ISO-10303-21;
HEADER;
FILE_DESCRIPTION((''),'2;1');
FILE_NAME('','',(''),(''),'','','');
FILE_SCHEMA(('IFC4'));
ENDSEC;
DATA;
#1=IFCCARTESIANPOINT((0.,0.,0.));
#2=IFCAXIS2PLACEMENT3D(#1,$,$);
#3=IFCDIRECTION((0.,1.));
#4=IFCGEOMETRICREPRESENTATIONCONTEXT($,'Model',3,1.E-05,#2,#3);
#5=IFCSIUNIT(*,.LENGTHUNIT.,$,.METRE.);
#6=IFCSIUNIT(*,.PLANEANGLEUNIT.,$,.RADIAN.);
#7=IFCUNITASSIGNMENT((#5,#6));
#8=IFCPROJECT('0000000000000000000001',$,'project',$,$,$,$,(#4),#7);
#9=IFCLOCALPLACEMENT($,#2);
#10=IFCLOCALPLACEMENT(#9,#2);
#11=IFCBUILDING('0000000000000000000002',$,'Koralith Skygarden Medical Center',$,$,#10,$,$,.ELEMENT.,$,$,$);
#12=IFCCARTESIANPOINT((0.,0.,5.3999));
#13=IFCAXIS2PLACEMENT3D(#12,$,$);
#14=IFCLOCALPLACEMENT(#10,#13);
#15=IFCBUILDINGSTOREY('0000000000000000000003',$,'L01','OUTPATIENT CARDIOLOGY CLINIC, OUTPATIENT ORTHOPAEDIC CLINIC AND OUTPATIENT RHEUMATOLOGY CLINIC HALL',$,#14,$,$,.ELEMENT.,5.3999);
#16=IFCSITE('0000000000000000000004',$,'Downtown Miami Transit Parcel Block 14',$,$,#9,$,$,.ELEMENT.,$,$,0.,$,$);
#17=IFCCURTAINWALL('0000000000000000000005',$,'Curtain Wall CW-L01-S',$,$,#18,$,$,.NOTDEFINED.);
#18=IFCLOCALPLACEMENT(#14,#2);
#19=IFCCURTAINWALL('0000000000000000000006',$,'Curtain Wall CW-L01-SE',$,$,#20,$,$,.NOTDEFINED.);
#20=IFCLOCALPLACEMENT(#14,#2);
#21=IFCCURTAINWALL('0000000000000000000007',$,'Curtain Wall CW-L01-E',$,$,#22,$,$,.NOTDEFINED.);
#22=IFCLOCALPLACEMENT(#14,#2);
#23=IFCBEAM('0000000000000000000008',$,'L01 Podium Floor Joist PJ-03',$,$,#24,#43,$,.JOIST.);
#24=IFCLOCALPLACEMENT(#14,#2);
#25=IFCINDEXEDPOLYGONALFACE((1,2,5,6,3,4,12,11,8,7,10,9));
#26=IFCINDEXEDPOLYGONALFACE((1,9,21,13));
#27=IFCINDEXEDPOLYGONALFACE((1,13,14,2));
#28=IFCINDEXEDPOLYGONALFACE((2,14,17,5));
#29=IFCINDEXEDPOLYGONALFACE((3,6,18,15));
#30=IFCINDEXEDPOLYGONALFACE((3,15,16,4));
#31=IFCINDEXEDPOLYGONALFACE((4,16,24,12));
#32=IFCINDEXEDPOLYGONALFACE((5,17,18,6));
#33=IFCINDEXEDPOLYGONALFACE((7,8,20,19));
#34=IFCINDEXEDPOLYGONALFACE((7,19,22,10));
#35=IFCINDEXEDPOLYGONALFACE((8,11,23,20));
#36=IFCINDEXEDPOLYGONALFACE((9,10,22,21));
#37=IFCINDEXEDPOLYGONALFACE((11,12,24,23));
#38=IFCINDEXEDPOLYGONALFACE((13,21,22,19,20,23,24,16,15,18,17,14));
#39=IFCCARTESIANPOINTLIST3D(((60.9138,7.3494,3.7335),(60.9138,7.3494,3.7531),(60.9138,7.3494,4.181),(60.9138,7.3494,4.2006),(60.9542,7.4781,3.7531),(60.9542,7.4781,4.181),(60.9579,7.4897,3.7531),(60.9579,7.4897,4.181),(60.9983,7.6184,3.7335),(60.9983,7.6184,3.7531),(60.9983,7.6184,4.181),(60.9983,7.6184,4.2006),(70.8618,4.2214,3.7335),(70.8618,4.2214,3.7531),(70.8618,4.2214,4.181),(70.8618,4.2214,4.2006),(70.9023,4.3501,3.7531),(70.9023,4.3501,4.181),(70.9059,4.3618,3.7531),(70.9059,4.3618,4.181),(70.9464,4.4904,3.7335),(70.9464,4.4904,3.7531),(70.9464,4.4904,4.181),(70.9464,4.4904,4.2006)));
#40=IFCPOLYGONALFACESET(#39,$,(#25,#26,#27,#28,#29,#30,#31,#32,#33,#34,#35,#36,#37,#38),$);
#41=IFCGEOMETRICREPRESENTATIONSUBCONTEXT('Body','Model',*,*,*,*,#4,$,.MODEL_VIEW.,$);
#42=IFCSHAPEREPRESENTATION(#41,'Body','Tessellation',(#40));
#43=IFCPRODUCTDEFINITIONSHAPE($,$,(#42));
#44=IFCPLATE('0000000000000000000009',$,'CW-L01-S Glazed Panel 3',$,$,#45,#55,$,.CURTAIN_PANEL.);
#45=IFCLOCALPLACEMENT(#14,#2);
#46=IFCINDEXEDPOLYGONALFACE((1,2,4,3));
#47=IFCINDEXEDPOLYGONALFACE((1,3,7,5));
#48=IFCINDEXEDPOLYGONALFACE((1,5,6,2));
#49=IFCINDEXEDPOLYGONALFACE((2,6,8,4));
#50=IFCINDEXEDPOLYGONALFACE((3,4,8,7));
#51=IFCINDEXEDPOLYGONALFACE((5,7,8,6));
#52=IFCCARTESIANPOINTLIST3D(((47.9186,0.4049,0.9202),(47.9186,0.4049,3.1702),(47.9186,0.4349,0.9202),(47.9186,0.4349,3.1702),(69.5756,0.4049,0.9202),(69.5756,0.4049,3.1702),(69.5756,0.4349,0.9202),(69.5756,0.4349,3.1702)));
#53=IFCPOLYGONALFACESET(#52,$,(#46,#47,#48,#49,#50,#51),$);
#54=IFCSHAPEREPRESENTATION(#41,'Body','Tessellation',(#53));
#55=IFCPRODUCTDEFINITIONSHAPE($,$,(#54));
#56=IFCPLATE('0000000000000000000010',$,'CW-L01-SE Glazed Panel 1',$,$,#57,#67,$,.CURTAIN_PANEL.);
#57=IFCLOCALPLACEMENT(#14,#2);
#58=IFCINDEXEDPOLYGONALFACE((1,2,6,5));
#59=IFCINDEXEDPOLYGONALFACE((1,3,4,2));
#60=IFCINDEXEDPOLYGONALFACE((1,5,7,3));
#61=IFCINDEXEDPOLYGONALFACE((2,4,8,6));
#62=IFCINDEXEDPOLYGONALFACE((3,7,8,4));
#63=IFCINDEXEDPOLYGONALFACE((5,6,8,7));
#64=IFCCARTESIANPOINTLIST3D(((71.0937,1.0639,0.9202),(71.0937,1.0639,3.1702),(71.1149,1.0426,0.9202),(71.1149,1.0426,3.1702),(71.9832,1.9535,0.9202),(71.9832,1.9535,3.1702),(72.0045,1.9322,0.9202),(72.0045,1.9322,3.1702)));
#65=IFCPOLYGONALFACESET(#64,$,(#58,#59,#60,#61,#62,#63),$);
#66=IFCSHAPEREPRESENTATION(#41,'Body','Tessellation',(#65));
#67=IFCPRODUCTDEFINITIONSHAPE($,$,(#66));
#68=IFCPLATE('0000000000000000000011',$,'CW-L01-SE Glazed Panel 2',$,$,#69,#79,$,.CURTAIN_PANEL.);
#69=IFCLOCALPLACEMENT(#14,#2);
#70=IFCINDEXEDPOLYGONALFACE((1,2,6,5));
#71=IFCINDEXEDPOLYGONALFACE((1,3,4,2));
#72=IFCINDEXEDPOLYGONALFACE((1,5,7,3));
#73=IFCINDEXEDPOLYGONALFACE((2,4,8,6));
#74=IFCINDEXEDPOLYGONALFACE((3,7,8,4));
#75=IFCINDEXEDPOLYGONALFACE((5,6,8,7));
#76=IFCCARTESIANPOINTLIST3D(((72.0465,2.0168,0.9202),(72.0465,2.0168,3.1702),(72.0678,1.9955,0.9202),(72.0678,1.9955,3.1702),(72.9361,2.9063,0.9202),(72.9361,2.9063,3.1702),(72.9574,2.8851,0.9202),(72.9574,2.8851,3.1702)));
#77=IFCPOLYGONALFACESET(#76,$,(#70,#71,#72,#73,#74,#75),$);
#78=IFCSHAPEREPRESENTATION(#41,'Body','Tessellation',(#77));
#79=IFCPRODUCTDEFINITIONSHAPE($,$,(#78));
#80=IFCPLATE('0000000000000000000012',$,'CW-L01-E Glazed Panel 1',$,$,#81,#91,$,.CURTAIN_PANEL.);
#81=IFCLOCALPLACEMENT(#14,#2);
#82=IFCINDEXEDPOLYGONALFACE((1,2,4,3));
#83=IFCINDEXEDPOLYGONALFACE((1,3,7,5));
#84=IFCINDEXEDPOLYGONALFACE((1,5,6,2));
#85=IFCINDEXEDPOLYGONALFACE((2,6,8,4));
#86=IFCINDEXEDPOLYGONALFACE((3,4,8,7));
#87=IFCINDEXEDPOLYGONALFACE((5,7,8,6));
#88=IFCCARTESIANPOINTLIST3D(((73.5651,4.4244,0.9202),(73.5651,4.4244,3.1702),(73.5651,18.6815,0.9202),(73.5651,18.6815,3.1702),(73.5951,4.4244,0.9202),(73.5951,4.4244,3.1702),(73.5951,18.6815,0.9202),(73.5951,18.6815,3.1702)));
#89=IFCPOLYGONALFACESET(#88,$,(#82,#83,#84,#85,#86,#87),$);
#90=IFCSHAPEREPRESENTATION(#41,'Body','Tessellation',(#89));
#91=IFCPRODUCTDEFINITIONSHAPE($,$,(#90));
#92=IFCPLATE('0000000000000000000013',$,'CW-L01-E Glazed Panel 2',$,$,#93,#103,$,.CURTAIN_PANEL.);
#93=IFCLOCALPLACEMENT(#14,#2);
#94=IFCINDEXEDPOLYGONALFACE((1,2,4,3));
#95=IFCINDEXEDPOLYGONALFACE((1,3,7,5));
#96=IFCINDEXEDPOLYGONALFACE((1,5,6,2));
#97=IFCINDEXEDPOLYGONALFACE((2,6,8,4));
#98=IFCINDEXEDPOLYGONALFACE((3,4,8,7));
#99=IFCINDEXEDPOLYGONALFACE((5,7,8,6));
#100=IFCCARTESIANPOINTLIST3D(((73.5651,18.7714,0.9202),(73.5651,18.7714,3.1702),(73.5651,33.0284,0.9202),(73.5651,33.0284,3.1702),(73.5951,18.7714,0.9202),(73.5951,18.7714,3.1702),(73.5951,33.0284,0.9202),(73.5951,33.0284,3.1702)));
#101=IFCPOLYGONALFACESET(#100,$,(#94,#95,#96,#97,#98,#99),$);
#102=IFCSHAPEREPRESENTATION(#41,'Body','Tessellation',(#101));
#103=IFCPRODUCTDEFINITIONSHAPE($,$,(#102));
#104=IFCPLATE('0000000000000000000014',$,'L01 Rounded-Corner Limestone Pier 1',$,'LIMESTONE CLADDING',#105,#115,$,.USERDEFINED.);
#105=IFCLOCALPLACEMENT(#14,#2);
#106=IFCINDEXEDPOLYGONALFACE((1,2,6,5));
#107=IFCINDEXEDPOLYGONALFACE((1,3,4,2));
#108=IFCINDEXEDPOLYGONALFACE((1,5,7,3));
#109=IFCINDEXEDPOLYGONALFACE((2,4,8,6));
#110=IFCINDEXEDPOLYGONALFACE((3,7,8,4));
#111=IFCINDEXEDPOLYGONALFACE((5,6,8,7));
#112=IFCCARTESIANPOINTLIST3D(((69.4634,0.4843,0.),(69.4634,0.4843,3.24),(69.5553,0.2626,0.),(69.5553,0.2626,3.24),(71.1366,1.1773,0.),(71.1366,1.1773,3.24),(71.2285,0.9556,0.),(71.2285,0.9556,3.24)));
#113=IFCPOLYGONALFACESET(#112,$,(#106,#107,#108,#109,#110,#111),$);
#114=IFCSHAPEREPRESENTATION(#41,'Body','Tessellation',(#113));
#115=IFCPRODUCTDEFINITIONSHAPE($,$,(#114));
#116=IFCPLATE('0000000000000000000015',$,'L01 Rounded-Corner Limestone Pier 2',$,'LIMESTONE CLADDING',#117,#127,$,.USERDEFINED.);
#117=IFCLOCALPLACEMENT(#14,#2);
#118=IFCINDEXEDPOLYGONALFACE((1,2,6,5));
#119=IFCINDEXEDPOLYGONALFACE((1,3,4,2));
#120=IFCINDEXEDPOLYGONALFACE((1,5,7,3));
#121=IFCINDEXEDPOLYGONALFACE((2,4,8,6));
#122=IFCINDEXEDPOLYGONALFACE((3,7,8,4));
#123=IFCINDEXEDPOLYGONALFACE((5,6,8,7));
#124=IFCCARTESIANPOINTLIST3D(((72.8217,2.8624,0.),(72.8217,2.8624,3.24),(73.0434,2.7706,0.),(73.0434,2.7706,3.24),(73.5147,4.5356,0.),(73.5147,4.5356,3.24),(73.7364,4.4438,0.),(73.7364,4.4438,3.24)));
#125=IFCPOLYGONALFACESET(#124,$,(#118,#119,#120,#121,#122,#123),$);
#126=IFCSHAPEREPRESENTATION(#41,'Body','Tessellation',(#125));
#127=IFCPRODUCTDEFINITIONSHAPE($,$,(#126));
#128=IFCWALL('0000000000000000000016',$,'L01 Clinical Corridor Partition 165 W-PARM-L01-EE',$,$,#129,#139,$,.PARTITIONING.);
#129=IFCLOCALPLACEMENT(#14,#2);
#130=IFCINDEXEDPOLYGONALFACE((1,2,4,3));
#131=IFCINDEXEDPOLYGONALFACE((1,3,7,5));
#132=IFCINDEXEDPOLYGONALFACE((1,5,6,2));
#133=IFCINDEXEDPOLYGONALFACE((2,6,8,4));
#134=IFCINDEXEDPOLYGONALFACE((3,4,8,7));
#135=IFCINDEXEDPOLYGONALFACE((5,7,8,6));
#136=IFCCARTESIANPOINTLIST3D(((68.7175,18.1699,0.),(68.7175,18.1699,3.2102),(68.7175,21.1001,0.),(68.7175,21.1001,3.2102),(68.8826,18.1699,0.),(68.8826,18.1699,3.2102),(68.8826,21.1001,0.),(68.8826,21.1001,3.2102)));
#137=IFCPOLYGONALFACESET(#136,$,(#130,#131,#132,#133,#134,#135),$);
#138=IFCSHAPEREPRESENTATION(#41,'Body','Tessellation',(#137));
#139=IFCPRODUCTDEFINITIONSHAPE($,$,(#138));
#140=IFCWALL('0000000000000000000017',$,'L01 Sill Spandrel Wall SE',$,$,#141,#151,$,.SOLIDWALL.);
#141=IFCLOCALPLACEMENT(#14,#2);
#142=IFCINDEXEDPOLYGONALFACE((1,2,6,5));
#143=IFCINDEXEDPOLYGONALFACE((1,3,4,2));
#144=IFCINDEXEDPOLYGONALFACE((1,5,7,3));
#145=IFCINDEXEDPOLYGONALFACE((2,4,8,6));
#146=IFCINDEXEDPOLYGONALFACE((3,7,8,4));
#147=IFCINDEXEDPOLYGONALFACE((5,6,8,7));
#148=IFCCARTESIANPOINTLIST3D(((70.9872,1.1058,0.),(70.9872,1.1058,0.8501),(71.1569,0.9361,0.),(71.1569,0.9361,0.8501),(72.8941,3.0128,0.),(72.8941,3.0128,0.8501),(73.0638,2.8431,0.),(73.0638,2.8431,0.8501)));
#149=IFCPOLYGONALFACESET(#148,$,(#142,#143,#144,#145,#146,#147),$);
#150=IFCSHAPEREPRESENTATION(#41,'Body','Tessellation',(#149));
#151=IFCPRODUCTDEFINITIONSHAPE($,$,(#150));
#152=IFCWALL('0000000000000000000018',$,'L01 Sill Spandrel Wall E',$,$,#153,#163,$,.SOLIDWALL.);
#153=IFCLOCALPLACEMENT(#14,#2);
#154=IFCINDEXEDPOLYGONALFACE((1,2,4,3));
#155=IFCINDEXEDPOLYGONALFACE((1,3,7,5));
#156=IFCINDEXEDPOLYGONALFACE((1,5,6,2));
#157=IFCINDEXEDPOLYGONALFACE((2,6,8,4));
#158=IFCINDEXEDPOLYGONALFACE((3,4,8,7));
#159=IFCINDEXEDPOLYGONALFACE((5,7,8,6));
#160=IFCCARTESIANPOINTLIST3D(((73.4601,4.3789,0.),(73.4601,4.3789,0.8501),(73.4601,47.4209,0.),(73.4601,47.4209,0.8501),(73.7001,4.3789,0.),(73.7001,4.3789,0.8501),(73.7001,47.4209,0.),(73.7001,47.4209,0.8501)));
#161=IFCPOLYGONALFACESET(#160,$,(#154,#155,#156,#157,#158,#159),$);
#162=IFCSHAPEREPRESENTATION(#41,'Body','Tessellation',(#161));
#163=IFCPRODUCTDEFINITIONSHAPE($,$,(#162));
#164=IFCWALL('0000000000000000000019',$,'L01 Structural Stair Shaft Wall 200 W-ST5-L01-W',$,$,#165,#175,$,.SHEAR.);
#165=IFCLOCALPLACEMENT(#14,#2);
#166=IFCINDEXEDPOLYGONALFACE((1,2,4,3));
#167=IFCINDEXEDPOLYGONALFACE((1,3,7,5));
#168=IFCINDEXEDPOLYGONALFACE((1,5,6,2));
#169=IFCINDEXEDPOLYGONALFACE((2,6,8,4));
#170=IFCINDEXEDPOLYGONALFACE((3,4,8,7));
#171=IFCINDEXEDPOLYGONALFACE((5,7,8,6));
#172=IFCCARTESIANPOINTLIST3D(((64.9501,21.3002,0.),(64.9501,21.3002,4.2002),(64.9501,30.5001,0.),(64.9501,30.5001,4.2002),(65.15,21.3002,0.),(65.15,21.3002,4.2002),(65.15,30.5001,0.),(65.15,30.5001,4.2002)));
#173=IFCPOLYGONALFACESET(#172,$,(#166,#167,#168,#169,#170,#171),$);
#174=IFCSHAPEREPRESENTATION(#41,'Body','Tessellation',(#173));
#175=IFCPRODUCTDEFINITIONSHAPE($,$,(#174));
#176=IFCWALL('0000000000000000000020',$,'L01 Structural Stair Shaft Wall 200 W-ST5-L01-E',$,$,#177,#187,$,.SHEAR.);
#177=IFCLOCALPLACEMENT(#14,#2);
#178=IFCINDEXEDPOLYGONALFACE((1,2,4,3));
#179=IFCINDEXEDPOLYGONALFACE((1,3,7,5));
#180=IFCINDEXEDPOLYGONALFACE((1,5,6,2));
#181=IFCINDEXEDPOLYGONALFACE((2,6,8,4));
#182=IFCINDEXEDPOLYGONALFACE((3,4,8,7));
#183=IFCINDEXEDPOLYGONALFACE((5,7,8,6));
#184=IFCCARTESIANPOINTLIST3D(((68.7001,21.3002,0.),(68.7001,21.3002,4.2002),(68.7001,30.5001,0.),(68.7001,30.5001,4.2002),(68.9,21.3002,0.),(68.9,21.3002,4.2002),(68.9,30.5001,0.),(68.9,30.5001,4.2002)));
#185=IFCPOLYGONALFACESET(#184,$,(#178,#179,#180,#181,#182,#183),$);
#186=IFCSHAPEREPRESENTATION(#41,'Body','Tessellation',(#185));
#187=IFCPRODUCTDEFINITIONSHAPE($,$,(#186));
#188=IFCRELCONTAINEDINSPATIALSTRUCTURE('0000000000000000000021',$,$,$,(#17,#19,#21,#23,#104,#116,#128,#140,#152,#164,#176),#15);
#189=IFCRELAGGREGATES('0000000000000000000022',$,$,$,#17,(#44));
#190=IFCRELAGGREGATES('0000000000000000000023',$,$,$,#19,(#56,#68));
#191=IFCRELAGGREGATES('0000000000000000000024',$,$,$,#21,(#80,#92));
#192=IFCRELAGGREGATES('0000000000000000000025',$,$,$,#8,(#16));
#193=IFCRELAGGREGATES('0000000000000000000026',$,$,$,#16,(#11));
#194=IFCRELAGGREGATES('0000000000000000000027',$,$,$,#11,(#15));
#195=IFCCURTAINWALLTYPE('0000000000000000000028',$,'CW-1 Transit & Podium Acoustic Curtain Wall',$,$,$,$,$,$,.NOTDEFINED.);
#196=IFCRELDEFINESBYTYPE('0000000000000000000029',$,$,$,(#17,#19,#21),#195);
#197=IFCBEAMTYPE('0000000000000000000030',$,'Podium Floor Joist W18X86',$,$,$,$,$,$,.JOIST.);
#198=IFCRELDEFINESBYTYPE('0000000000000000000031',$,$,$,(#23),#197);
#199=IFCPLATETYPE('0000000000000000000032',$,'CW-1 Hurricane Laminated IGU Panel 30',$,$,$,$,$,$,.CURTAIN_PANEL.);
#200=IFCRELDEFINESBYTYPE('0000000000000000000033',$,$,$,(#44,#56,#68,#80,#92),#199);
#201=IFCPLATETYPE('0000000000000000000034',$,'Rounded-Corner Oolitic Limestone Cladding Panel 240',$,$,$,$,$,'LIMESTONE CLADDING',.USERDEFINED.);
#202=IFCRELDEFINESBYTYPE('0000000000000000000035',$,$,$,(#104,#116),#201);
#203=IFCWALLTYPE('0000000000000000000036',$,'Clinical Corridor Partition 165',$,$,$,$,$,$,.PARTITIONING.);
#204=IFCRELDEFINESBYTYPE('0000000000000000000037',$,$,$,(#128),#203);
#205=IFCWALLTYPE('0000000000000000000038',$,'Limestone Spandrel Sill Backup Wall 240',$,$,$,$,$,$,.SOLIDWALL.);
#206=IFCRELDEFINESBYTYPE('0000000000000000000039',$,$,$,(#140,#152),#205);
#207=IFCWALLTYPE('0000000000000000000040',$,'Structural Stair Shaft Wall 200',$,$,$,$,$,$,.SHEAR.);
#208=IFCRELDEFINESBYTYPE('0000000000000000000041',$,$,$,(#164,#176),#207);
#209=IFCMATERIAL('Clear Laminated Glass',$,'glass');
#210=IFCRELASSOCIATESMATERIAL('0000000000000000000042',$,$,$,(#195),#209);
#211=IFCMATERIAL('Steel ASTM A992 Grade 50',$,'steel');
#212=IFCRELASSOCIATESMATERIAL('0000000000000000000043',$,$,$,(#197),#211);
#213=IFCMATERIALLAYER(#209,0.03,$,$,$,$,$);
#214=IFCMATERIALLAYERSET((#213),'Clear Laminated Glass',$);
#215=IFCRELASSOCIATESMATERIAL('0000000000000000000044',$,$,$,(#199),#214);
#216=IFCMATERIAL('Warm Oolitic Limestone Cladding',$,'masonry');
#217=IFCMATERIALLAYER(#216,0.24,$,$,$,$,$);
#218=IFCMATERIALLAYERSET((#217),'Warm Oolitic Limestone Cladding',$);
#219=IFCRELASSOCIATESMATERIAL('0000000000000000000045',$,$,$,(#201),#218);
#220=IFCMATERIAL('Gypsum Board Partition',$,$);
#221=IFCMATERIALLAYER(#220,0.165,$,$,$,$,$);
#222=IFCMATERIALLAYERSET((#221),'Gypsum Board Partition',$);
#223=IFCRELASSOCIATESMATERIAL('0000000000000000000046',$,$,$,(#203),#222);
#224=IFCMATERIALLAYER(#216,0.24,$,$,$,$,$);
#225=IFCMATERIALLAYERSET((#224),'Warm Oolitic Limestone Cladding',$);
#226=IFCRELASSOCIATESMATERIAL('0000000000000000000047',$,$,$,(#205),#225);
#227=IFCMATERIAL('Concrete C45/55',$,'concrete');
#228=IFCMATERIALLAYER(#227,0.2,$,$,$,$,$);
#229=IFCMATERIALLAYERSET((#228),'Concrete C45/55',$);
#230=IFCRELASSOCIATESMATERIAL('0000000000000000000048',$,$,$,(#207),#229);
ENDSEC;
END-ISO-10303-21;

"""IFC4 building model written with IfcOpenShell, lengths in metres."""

from ifc_helpers import new_model, si_unit, direction, frame, frame_2d, origin, origin_2d, place, context, subcontext, project, spatial, rectangle, i_section, extrude, material, layer, layer_set, material_profile, profile_set, type_object, element, aggregate, save


model = new_model("IFC4")

# Units and contexts
model_context = context("Model", 3, precision=1e-05, world=origin(), true_north=direction((0.0, 1.0)))
body_context = subcontext(model_context, "Body", "Model", "MODEL_VIEW")
ifc_project = project(units=[si_unit("LENGTHUNIT", "METRE"), si_unit("PLANEANGLEUNIT", "RADIAN")], contexts=[model_context])

# Site, building, storey
site_placement = place(None, origin())
site = spatial("IfcSite", under=ifc_project, at=site_placement, Name="Downtown Miami Transit Parcel Block 14", CompositionType="ELEMENT", RefElevation=0.0)
building_placement = place(site_placement, origin())
building = spatial("IfcBuilding", under=site, at=building_placement, Name="Koralith Skygarden Medical Center", CompositionType="ELEMENT")
storey_placement = place(building_placement, frame((0.0, 0.0, 5.3999)))
storey = spatial("IfcBuildingStorey", under=building, at=storey_placement, Name="L01", Description="OUTPATIENT CARDIOLOGY CLINIC, OUTPATIENT ORTHOPAEDIC CLINIC AND OUTPATIENT RHEUMATOLOGY CLINIC HALL", CompositionType="ELEMENT", Elevation=5.3999)

# Curtain wall
ifc_material_1 = material(Name="Clear Laminated Glass", Category="glass")
curtain_wall_type = type_object("IfcCurtainWallType", Name="CW-1 Transit & Podium Acoustic Curtain Wall", PredefinedType="NOTDEFINED", material=ifc_material_1)
curtain_wall_1_placement = place(storey_placement, origin())
curtain_wall_1 = element("IfcCurtainWall", 1, at=curtain_wall_1_placement, inside=storey, type_object=curtain_wall_type, Name="Curtain Wall CW-L01-S", PredefinedType="NOTDEFINED")

# Curtain walls
curtain_wall_2_placement = place(storey_placement, origin())
curtain_wall_2 = element("IfcCurtainWall", 2, at=curtain_wall_2_placement, inside=storey, type_object=curtain_wall_type, Name="Curtain Wall CW-L01-SE", PredefinedType="NOTDEFINED")
curtain_wall_3_placement = place(storey_placement, origin())
curtain_wall_3 = element("IfcCurtainWall", 3, at=curtain_wall_3_placement, inside=storey, type_object=curtain_wall_type, Name="Curtain Wall CW-L01-E", PredefinedType="NOTDEFINED")

# Beam
ifc_material_2 = material(Name="Steel ASTM A992 Grade 50", Category="steel")
ifc_material_profile_1 = material_profile(ifc_material_2, i_section(OverallWidth=0.282, OverallDepth=0.467, WebThickness=0.0122, FlangeThickness=0.0195, at=origin_2d()), Name="W18X86")
ifc_profile_set_1 = profile_set([ifc_material_profile_1], Name="Steel ASTM A992 Grade 50")
beam_type_1 = type_object("IfcBeamType", Name="Podium Floor Joist W18X86", PredefinedType="JOIST", material=ifc_profile_set_1)
beam_1_placement = place(storey_placement, frame((60.9561, 7.4839, 3.967), z_axis=(0.953955, -0.29995, 0.0), x_axis=(0.29995, 0.953955, 0.0)))
element("IfcBeam", 4, at=beam_1_placement, inside=storey, type_object=beam_type_1, Name="L01 Podium Floor Joist PJ-03", PredefinedType="JOIST", context=body_context, shape_type="SweptSolid", body=[
    extrude(i_section(OverallWidth=0.282, OverallDepth=0.467, WebThickness=0.0122, FlangeThickness=0.0195, at=origin_2d()), origin(), (0.0, 0.0, 1.0), 10.4282),
])

# Plates
ifc_layer_1 = layer(ifc_material_1, 0.03)
ifc_layer_set_1 = layer_set([ifc_layer_1], Name="Clear Laminated Glass")
plate_type_1 = type_object("IfcPlateType", Name="CW-1 Hurricane Laminated IGU Panel 30", PredefinedType="CURTAIN_PANEL", material=ifc_layer_set_1)
plate_1_placement = place(storey_placement, frame((58.7471, 0.4199, 0.9202), z_axis=(0.0, 0.0, 1.0), x_axis=(1.0, 0.0, 0.0)))
plate_1 = element("IfcPlate", 5, at=plate_1_placement, type_object=plate_type_1, Name="CW-L01-S Glazed Panel 3", PredefinedType="CURTAIN_PANEL", context=body_context, shape_type="SweptSolid", body=[
    extrude(rectangle(XDim=21.657, YDim=0.03, at=origin_2d()), origin(), (0.0, 0.0, 1.0), 2.25),
])
aggregate(curtain_wall_1, [plate_1])
plate_2_placement = place(storey_placement, frame((71.5491, 1.498, 0.9202), z_axis=(0.0, 0.0, 1.0), x_axis=(0.707107, 0.707107, 0.0)))
plate_2 = element("IfcPlate", 6, at=plate_2_placement, type_object=plate_type_1, Name="CW-L01-SE Glazed Panel 1", PredefinedType="CURTAIN_PANEL", context=body_context, shape_type="SweptSolid", body=[
    extrude(rectangle(XDim=1.2581, YDim=0.03, at=origin_2d()), origin(), (0.0, 0.0, 1.0), 2.25),
])
plate_3_placement = place(storey_placement, frame((72.502, 2.4509, 0.9202), z_axis=(0.0, 0.0, 1.0), x_axis=(0.707107, 0.707107, 0.0)))
plate_3 = element("IfcPlate", 7, at=plate_3_placement, type_object=plate_type_1, Name="CW-L01-SE Glazed Panel 2", PredefinedType="CURTAIN_PANEL", context=body_context, shape_type="SweptSolid", body=[
    extrude(rectangle(XDim=1.2581, YDim=0.03, at=origin_2d()), origin(), (0.0, 0.0, 1.0), 2.25),
])
aggregate(curtain_wall_2, [plate_2, plate_3])
plate_4_placement = place(storey_placement, frame((73.5801, 11.553, 0.9202), z_axis=(0.0, 0.0, 1.0), x_axis=(0.0, 1.0, 0.0)))
plate_4 = element("IfcPlate", 8, at=plate_4_placement, type_object=plate_type_1, Name="CW-L01-E Glazed Panel 1", PredefinedType="CURTAIN_PANEL", context=body_context, shape_type="SweptSolid", body=[
    extrude(rectangle(XDim=14.2571, YDim=0.03, at=origin_2d()), origin(), (0.0, 0.0, 1.0), 2.25),
])
plate_5_placement = place(storey_placement, frame((73.5801, 25.8999, 0.9202), z_axis=(0.0, 0.0, 1.0), x_axis=(0.0, 1.0, 0.0)))
plate_5 = element("IfcPlate", 9, at=plate_5_placement, type_object=plate_type_1, Name="CW-L01-E Glazed Panel 2", PredefinedType="CURTAIN_PANEL", context=body_context, shape_type="SweptSolid", body=[
    extrude(rectangle(XDim=14.2571, YDim=0.03, at=origin_2d()), origin(), (0.0, 0.0, 1.0), 2.25),
])
aggregate(curtain_wall_3, [plate_4, plate_5])

# Plates
ifc_material_3 = material(Name="Warm Oolitic Limestone Cladding", Category="masonry")
ifc_layer_2 = layer(ifc_material_3, 0.24)
ifc_layer_set_2 = layer_set([ifc_layer_2], Name="Warm Oolitic Limestone Cladding")
plate_type_2 = type_object("IfcPlateType", Name="Rounded-Corner Oolitic Limestone Cladding Panel 240", ElementType="LIMESTONE CLADDING", PredefinedType="USERDEFINED", material=ifc_layer_set_2)
for number, where, z_axis, x_axis, name in (
    (10, (70.3459, 0.72, 0.0), (0.0, 0.0, 1.0), (0.923885, 0.382671, 0.0), "L01 Rounded-Corner Limestone Pier 1"),
    (11, (73.2791, 3.6531, 0.0), (0.0, 0.0, 1.0), (0.382671, 0.923885, 0.0), "L01 Rounded-Corner Limestone Pier 2"),
):
    element("IfcPlate", number, at=place(storey_placement, frame(where, z_axis=z_axis, x_axis=x_axis)), inside=storey, type_object=plate_type_2, Name=name, ObjectType="LIMESTONE CLADDING", PredefinedType="USERDEFINED", context=body_context, shape_type="SweptSolid", body=[
        extrude(rectangle(XDim=1.811, YDim=0.24, at=origin_2d()), origin(), (0.0, 0.0, 1.0), 3.24),
    ])

# Walls
ifc_material_4 = material(Name="Gypsum Board Partition")
ifc_layer_3 = layer(ifc_material_4, 0.165)
ifc_layer_set_3 = layer_set([ifc_layer_3], Name="Gypsum Board Partition")
wall_type_1 = type_object("IfcWallType", Name="Clinical Corridor Partition 165", PredefinedType="PARTITIONING", material=ifc_layer_set_3)
wall_1_placement = place(storey_placement, frame((68.8, 18.1699, 0.0), z_axis=(0.0, 0.0, 1.0), x_axis=(0.0, 1.0, 0.0)))
element("IfcWall", 12, at=wall_1_placement, inside=storey, type_object=wall_type_1, Name="L01 Clinical Corridor Partition 165 W-PARM-L01-EE", PredefinedType="PARTITIONING", context=body_context, shape_type="SweptSolid", body=[
    extrude(rectangle(XDim=2.9302, YDim=0.165, at=frame_2d((1.4651, 0.0))), origin(), (0.0, 0.0, 1.0), 3.2102),
])
ifc_layer_4 = layer(ifc_material_3, 0.24)
ifc_layer_set_4 = layer_set([ifc_layer_4], Name="Warm Oolitic Limestone Cladding")
wall_type_2 = type_object("IfcWallType", Name="Limestone Spandrel Sill Backup Wall 240", PredefinedType="SOLIDWALL", material=ifc_layer_set_4)
wall_2_placement = place(storey_placement, frame((71.072, 1.021, 0.0), z_axis=(0.0, 0.0, 1.0), x_axis=(0.707107, 0.707107, 0.0)))
element("IfcWall", 13, at=wall_2_placement, inside=storey, type_object=wall_type_2, Name="L01 Sill Spandrel Wall SE", PredefinedType="SOLIDWALL", context=body_context, shape_type="SweptSolid", body=[
    extrude(rectangle(XDim=2.6968, YDim=0.24, at=frame_2d((1.3484, 0.0))), origin(), (0.0, 0.0, 1.0), 0.8501),
])
wall_3_placement = place(storey_placement, frame((73.5801, 4.3789, 0.0), z_axis=(0.0, 0.0, 1.0), x_axis=(0.0, 1.0, 0.0)))
element("IfcWall", 14, at=wall_3_placement, inside=storey, type_object=wall_type_2, Name="L01 Sill Spandrel Wall E", PredefinedType="SOLIDWALL", context=body_context, shape_type="SweptSolid", body=[
    extrude(rectangle(XDim=43.042, YDim=0.24, at=frame_2d((21.521, 0.0))), origin(), (0.0, 0.0, 1.0), 0.8501),
])

# Shared definitions
ifc_material_5 = material(Name="Concrete C45/55", Category="concrete")
ifc_layer_5 = layer(ifc_material_5, 0.2)
ifc_layer_set_5 = layer_set([ifc_layer_5], Name="Concrete C45/55")
wall_type_3 = type_object("IfcWallType", Name="Structural Stair Shaft Wall 200", PredefinedType="SHEAR", material=ifc_layer_set_5)

# Walls
for number, where, z_axis, x_axis, name in (
    (15, (65.05, 21.3, 0.0), (0.0, 0.0, 1.0), (0.0, 1.0, 0.0), "L01 Structural Stair Shaft Wall 200 W-ST5-L01-W"),
    (16, (68.8, 21.3, 0.0), (0.0, 0.0, 1.0), (0.0, 1.0, 0.0), "L01 Structural Stair Shaft Wall 200 W-ST5-L01-E"),
):
    element("IfcWall", number, at=place(storey_placement, frame(where, z_axis=z_axis, x_axis=x_axis)), inside=storey, type_object=wall_type_3, Name=name, PredefinedType="SHEAR", context=body_context, shape_type="SweptSolid", body=[
        extrude(rectangle(XDim=9.2, YDim=0.2, at=frame_2d((4.6001, 0.0))), origin(), (0.0, 0.0, 1.0), 4.2002),
    ])

save(model, "model.ifc")
